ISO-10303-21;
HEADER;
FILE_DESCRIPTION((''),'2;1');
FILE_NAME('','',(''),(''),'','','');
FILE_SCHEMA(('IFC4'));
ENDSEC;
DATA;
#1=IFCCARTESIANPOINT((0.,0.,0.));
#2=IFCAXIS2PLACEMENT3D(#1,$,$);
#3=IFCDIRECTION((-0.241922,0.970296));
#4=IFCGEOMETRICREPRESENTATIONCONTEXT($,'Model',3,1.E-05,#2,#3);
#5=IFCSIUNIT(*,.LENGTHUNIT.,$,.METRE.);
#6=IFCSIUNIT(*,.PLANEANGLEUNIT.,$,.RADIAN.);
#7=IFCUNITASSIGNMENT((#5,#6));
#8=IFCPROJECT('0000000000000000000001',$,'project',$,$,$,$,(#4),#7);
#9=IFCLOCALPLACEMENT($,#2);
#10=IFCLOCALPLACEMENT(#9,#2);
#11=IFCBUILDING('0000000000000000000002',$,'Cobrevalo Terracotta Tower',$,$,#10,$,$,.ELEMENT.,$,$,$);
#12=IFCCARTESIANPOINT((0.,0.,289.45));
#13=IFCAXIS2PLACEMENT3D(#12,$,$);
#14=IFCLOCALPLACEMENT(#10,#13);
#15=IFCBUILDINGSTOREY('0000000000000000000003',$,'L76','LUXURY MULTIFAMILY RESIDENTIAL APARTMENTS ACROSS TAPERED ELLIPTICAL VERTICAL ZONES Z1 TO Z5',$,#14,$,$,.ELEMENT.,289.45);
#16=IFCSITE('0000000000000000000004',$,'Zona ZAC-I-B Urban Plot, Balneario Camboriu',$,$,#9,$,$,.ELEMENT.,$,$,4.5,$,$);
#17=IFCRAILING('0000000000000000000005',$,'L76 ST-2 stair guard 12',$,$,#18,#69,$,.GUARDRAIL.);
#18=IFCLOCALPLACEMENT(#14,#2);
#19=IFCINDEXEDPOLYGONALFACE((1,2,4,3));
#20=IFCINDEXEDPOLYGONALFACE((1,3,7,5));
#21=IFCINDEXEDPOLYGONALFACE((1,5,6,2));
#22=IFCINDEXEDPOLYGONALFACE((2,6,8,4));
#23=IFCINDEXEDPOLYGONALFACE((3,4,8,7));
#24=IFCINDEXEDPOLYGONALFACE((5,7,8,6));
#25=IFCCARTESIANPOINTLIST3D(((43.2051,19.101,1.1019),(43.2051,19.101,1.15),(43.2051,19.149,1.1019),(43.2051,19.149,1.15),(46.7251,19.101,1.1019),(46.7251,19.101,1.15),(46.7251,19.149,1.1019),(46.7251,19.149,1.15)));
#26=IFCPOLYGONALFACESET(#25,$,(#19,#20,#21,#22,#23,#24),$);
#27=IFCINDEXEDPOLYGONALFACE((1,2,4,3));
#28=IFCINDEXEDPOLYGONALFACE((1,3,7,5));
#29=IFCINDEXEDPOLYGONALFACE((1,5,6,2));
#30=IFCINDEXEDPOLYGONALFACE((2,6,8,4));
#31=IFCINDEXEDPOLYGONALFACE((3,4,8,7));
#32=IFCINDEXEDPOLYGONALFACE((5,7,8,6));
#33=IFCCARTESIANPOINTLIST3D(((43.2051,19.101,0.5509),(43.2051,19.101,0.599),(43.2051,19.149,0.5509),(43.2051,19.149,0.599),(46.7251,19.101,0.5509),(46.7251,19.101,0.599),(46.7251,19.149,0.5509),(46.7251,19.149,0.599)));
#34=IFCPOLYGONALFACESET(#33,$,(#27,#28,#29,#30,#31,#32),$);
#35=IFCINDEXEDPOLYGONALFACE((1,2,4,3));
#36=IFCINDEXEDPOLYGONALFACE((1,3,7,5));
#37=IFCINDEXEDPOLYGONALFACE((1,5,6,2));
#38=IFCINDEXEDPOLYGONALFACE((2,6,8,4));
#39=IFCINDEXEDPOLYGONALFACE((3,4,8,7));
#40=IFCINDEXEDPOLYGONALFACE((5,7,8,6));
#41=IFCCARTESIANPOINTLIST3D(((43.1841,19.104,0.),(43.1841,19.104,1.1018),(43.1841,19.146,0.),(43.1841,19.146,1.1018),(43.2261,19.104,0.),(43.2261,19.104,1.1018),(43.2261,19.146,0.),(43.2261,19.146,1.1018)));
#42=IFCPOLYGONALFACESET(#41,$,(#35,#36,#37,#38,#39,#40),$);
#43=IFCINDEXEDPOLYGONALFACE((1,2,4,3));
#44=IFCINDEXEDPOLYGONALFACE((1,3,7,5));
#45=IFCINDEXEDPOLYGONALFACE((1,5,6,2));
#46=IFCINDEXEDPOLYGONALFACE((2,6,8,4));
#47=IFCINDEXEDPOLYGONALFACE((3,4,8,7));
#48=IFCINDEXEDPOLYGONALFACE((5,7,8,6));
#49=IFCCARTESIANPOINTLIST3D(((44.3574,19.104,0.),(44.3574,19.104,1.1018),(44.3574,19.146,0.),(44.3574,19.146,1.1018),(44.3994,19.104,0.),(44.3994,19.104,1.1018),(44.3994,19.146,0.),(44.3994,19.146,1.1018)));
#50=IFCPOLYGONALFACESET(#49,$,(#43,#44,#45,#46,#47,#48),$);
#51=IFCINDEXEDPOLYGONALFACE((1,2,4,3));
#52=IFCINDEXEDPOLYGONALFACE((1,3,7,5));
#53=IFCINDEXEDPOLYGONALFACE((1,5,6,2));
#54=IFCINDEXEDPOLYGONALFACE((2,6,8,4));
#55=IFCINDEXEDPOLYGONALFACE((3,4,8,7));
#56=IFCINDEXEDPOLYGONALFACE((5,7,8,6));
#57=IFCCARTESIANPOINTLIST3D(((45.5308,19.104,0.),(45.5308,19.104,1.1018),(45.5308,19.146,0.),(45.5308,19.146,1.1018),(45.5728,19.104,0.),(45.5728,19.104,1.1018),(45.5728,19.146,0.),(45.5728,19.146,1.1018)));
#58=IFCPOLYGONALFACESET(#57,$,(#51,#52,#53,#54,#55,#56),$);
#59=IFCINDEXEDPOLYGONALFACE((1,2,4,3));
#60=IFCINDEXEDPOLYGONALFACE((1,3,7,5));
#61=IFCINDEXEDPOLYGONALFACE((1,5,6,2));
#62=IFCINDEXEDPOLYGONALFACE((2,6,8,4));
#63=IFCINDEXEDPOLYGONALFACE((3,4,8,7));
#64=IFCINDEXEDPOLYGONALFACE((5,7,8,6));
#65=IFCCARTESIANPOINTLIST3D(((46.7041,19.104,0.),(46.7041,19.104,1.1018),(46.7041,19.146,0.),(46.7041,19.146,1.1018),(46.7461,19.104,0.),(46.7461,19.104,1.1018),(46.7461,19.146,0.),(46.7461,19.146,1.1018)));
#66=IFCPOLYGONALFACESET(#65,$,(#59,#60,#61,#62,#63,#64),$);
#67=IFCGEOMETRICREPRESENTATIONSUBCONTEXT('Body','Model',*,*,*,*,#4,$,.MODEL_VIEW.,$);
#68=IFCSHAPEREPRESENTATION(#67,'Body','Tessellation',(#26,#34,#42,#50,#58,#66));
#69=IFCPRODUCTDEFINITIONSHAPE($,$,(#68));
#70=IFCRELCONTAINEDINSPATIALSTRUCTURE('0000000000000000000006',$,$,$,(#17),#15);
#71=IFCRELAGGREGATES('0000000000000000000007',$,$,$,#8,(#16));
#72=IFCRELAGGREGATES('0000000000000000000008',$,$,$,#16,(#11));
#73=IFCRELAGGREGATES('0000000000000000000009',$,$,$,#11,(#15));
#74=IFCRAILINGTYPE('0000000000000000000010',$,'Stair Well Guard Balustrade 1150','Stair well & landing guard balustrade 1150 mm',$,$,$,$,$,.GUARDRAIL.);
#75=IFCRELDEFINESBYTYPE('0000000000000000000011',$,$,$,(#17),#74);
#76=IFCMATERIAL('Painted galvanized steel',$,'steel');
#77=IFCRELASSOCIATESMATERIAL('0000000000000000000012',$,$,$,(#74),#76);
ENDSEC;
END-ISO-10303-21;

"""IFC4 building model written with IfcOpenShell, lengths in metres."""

from ifc_helpers import new_model, si_unit, direction, frame, origin, origin_2d, place, context, subcontext, project, spatial, rectangle, extrude, material, type_object, element, save


model = new_model("IFC4")

# Units and contexts
model_context = context("Model", 3, precision=1e-05, world=origin(), true_north=direction((-0.241922, 0.970296)))
body_context = subcontext(model_context, "Body", "Model", "MODEL_VIEW")
ifc_project = project(units=[si_unit("LENGTHUNIT", "METRE"), si_unit("PLANEANGLEUNIT", "RADIAN")], contexts=[model_context])

# Site, building, storey
site_placement = place(None, origin())
site = spatial("IfcSite", under=ifc_project, at=site_placement, Name="Zona ZAC-I-B Urban Plot, Balneario Camboriu", CompositionType="ELEMENT", RefElevation=4.5)
building_placement = place(site_placement, origin())
building = spatial("IfcBuilding", under=site, at=building_placement, Name="Cobrevalo Terracotta Tower", CompositionType="ELEMENT")
storey_placement = place(building_placement, frame((0.0, 0.0, 289.45)))
storey = spatial("IfcBuildingStorey", under=building, at=storey_placement, Name="L76", Description="LUXURY MULTIFAMILY RESIDENTIAL APARTMENTS ACROSS TAPERED ELLIPTICAL VERTICAL ZONES Z1 TO Z5", CompositionType="ELEMENT", Elevation=289.45)

# Railing
ifc_material_1 = material(Name="Painted galvanized steel", Category="steel")
railing_type = type_object("IfcRailingType", Name="Stair Well Guard Balustrade 1150", Description="Stair well & landing guard balustrade 1150 mm", PredefinedType="GUARDRAIL", material=ifc_material_1)
railing_placement = place(storey_placement, frame((43.2051, 19.125, 0.0)))
element("IfcRailing", 1, at=railing_placement, inside=storey, type_object=railing_type, Name="L76 ST-2 stair guard 12", PredefinedType="GUARDRAIL", context=body_context, shape_type="SweptSolid", body=[
    extrude(rectangle(XDim=0.0481, YDim=0.0481, at=origin_2d()), frame((0.0, 0.0, 1.126), z_axis=(1.0, 0.0, 0.0), x_axis=(0.0, 1.0, 0.0)), (0.0, 0.0, 1.0), 3.52),
    extrude(rectangle(XDim=0.0481, YDim=0.0481, at=origin_2d()), frame((0.0, 0.0, 0.575), z_axis=(1.0, 0.0, 0.0), x_axis=(0.0, 1.0, 0.0)), (0.0, 0.0, 1.0), 3.52),
    extrude(rectangle(XDim=0.042, YDim=0.042, at=origin_2d()), origin(), (0.0, 0.0, 1.0), 1.1018),
    extrude(rectangle(XDim=0.042, YDim=0.042, at=origin_2d()), frame((1.1733, 0.0, 0.0)), (0.0, 0.0, 1.0), 1.1018),
    extrude(rectangle(XDim=0.042, YDim=0.042, at=origin_2d()), frame((2.3467, 0.0, 0.0)), (0.0, 0.0, 1.0), 1.1018),
    extrude(rectangle(XDim=0.042, YDim=0.042, at=origin_2d()), frame((3.52, 0.0, 0.0)), (0.0, 0.0, 1.0), 1.1018),
])

save(model, "model.ifc")
